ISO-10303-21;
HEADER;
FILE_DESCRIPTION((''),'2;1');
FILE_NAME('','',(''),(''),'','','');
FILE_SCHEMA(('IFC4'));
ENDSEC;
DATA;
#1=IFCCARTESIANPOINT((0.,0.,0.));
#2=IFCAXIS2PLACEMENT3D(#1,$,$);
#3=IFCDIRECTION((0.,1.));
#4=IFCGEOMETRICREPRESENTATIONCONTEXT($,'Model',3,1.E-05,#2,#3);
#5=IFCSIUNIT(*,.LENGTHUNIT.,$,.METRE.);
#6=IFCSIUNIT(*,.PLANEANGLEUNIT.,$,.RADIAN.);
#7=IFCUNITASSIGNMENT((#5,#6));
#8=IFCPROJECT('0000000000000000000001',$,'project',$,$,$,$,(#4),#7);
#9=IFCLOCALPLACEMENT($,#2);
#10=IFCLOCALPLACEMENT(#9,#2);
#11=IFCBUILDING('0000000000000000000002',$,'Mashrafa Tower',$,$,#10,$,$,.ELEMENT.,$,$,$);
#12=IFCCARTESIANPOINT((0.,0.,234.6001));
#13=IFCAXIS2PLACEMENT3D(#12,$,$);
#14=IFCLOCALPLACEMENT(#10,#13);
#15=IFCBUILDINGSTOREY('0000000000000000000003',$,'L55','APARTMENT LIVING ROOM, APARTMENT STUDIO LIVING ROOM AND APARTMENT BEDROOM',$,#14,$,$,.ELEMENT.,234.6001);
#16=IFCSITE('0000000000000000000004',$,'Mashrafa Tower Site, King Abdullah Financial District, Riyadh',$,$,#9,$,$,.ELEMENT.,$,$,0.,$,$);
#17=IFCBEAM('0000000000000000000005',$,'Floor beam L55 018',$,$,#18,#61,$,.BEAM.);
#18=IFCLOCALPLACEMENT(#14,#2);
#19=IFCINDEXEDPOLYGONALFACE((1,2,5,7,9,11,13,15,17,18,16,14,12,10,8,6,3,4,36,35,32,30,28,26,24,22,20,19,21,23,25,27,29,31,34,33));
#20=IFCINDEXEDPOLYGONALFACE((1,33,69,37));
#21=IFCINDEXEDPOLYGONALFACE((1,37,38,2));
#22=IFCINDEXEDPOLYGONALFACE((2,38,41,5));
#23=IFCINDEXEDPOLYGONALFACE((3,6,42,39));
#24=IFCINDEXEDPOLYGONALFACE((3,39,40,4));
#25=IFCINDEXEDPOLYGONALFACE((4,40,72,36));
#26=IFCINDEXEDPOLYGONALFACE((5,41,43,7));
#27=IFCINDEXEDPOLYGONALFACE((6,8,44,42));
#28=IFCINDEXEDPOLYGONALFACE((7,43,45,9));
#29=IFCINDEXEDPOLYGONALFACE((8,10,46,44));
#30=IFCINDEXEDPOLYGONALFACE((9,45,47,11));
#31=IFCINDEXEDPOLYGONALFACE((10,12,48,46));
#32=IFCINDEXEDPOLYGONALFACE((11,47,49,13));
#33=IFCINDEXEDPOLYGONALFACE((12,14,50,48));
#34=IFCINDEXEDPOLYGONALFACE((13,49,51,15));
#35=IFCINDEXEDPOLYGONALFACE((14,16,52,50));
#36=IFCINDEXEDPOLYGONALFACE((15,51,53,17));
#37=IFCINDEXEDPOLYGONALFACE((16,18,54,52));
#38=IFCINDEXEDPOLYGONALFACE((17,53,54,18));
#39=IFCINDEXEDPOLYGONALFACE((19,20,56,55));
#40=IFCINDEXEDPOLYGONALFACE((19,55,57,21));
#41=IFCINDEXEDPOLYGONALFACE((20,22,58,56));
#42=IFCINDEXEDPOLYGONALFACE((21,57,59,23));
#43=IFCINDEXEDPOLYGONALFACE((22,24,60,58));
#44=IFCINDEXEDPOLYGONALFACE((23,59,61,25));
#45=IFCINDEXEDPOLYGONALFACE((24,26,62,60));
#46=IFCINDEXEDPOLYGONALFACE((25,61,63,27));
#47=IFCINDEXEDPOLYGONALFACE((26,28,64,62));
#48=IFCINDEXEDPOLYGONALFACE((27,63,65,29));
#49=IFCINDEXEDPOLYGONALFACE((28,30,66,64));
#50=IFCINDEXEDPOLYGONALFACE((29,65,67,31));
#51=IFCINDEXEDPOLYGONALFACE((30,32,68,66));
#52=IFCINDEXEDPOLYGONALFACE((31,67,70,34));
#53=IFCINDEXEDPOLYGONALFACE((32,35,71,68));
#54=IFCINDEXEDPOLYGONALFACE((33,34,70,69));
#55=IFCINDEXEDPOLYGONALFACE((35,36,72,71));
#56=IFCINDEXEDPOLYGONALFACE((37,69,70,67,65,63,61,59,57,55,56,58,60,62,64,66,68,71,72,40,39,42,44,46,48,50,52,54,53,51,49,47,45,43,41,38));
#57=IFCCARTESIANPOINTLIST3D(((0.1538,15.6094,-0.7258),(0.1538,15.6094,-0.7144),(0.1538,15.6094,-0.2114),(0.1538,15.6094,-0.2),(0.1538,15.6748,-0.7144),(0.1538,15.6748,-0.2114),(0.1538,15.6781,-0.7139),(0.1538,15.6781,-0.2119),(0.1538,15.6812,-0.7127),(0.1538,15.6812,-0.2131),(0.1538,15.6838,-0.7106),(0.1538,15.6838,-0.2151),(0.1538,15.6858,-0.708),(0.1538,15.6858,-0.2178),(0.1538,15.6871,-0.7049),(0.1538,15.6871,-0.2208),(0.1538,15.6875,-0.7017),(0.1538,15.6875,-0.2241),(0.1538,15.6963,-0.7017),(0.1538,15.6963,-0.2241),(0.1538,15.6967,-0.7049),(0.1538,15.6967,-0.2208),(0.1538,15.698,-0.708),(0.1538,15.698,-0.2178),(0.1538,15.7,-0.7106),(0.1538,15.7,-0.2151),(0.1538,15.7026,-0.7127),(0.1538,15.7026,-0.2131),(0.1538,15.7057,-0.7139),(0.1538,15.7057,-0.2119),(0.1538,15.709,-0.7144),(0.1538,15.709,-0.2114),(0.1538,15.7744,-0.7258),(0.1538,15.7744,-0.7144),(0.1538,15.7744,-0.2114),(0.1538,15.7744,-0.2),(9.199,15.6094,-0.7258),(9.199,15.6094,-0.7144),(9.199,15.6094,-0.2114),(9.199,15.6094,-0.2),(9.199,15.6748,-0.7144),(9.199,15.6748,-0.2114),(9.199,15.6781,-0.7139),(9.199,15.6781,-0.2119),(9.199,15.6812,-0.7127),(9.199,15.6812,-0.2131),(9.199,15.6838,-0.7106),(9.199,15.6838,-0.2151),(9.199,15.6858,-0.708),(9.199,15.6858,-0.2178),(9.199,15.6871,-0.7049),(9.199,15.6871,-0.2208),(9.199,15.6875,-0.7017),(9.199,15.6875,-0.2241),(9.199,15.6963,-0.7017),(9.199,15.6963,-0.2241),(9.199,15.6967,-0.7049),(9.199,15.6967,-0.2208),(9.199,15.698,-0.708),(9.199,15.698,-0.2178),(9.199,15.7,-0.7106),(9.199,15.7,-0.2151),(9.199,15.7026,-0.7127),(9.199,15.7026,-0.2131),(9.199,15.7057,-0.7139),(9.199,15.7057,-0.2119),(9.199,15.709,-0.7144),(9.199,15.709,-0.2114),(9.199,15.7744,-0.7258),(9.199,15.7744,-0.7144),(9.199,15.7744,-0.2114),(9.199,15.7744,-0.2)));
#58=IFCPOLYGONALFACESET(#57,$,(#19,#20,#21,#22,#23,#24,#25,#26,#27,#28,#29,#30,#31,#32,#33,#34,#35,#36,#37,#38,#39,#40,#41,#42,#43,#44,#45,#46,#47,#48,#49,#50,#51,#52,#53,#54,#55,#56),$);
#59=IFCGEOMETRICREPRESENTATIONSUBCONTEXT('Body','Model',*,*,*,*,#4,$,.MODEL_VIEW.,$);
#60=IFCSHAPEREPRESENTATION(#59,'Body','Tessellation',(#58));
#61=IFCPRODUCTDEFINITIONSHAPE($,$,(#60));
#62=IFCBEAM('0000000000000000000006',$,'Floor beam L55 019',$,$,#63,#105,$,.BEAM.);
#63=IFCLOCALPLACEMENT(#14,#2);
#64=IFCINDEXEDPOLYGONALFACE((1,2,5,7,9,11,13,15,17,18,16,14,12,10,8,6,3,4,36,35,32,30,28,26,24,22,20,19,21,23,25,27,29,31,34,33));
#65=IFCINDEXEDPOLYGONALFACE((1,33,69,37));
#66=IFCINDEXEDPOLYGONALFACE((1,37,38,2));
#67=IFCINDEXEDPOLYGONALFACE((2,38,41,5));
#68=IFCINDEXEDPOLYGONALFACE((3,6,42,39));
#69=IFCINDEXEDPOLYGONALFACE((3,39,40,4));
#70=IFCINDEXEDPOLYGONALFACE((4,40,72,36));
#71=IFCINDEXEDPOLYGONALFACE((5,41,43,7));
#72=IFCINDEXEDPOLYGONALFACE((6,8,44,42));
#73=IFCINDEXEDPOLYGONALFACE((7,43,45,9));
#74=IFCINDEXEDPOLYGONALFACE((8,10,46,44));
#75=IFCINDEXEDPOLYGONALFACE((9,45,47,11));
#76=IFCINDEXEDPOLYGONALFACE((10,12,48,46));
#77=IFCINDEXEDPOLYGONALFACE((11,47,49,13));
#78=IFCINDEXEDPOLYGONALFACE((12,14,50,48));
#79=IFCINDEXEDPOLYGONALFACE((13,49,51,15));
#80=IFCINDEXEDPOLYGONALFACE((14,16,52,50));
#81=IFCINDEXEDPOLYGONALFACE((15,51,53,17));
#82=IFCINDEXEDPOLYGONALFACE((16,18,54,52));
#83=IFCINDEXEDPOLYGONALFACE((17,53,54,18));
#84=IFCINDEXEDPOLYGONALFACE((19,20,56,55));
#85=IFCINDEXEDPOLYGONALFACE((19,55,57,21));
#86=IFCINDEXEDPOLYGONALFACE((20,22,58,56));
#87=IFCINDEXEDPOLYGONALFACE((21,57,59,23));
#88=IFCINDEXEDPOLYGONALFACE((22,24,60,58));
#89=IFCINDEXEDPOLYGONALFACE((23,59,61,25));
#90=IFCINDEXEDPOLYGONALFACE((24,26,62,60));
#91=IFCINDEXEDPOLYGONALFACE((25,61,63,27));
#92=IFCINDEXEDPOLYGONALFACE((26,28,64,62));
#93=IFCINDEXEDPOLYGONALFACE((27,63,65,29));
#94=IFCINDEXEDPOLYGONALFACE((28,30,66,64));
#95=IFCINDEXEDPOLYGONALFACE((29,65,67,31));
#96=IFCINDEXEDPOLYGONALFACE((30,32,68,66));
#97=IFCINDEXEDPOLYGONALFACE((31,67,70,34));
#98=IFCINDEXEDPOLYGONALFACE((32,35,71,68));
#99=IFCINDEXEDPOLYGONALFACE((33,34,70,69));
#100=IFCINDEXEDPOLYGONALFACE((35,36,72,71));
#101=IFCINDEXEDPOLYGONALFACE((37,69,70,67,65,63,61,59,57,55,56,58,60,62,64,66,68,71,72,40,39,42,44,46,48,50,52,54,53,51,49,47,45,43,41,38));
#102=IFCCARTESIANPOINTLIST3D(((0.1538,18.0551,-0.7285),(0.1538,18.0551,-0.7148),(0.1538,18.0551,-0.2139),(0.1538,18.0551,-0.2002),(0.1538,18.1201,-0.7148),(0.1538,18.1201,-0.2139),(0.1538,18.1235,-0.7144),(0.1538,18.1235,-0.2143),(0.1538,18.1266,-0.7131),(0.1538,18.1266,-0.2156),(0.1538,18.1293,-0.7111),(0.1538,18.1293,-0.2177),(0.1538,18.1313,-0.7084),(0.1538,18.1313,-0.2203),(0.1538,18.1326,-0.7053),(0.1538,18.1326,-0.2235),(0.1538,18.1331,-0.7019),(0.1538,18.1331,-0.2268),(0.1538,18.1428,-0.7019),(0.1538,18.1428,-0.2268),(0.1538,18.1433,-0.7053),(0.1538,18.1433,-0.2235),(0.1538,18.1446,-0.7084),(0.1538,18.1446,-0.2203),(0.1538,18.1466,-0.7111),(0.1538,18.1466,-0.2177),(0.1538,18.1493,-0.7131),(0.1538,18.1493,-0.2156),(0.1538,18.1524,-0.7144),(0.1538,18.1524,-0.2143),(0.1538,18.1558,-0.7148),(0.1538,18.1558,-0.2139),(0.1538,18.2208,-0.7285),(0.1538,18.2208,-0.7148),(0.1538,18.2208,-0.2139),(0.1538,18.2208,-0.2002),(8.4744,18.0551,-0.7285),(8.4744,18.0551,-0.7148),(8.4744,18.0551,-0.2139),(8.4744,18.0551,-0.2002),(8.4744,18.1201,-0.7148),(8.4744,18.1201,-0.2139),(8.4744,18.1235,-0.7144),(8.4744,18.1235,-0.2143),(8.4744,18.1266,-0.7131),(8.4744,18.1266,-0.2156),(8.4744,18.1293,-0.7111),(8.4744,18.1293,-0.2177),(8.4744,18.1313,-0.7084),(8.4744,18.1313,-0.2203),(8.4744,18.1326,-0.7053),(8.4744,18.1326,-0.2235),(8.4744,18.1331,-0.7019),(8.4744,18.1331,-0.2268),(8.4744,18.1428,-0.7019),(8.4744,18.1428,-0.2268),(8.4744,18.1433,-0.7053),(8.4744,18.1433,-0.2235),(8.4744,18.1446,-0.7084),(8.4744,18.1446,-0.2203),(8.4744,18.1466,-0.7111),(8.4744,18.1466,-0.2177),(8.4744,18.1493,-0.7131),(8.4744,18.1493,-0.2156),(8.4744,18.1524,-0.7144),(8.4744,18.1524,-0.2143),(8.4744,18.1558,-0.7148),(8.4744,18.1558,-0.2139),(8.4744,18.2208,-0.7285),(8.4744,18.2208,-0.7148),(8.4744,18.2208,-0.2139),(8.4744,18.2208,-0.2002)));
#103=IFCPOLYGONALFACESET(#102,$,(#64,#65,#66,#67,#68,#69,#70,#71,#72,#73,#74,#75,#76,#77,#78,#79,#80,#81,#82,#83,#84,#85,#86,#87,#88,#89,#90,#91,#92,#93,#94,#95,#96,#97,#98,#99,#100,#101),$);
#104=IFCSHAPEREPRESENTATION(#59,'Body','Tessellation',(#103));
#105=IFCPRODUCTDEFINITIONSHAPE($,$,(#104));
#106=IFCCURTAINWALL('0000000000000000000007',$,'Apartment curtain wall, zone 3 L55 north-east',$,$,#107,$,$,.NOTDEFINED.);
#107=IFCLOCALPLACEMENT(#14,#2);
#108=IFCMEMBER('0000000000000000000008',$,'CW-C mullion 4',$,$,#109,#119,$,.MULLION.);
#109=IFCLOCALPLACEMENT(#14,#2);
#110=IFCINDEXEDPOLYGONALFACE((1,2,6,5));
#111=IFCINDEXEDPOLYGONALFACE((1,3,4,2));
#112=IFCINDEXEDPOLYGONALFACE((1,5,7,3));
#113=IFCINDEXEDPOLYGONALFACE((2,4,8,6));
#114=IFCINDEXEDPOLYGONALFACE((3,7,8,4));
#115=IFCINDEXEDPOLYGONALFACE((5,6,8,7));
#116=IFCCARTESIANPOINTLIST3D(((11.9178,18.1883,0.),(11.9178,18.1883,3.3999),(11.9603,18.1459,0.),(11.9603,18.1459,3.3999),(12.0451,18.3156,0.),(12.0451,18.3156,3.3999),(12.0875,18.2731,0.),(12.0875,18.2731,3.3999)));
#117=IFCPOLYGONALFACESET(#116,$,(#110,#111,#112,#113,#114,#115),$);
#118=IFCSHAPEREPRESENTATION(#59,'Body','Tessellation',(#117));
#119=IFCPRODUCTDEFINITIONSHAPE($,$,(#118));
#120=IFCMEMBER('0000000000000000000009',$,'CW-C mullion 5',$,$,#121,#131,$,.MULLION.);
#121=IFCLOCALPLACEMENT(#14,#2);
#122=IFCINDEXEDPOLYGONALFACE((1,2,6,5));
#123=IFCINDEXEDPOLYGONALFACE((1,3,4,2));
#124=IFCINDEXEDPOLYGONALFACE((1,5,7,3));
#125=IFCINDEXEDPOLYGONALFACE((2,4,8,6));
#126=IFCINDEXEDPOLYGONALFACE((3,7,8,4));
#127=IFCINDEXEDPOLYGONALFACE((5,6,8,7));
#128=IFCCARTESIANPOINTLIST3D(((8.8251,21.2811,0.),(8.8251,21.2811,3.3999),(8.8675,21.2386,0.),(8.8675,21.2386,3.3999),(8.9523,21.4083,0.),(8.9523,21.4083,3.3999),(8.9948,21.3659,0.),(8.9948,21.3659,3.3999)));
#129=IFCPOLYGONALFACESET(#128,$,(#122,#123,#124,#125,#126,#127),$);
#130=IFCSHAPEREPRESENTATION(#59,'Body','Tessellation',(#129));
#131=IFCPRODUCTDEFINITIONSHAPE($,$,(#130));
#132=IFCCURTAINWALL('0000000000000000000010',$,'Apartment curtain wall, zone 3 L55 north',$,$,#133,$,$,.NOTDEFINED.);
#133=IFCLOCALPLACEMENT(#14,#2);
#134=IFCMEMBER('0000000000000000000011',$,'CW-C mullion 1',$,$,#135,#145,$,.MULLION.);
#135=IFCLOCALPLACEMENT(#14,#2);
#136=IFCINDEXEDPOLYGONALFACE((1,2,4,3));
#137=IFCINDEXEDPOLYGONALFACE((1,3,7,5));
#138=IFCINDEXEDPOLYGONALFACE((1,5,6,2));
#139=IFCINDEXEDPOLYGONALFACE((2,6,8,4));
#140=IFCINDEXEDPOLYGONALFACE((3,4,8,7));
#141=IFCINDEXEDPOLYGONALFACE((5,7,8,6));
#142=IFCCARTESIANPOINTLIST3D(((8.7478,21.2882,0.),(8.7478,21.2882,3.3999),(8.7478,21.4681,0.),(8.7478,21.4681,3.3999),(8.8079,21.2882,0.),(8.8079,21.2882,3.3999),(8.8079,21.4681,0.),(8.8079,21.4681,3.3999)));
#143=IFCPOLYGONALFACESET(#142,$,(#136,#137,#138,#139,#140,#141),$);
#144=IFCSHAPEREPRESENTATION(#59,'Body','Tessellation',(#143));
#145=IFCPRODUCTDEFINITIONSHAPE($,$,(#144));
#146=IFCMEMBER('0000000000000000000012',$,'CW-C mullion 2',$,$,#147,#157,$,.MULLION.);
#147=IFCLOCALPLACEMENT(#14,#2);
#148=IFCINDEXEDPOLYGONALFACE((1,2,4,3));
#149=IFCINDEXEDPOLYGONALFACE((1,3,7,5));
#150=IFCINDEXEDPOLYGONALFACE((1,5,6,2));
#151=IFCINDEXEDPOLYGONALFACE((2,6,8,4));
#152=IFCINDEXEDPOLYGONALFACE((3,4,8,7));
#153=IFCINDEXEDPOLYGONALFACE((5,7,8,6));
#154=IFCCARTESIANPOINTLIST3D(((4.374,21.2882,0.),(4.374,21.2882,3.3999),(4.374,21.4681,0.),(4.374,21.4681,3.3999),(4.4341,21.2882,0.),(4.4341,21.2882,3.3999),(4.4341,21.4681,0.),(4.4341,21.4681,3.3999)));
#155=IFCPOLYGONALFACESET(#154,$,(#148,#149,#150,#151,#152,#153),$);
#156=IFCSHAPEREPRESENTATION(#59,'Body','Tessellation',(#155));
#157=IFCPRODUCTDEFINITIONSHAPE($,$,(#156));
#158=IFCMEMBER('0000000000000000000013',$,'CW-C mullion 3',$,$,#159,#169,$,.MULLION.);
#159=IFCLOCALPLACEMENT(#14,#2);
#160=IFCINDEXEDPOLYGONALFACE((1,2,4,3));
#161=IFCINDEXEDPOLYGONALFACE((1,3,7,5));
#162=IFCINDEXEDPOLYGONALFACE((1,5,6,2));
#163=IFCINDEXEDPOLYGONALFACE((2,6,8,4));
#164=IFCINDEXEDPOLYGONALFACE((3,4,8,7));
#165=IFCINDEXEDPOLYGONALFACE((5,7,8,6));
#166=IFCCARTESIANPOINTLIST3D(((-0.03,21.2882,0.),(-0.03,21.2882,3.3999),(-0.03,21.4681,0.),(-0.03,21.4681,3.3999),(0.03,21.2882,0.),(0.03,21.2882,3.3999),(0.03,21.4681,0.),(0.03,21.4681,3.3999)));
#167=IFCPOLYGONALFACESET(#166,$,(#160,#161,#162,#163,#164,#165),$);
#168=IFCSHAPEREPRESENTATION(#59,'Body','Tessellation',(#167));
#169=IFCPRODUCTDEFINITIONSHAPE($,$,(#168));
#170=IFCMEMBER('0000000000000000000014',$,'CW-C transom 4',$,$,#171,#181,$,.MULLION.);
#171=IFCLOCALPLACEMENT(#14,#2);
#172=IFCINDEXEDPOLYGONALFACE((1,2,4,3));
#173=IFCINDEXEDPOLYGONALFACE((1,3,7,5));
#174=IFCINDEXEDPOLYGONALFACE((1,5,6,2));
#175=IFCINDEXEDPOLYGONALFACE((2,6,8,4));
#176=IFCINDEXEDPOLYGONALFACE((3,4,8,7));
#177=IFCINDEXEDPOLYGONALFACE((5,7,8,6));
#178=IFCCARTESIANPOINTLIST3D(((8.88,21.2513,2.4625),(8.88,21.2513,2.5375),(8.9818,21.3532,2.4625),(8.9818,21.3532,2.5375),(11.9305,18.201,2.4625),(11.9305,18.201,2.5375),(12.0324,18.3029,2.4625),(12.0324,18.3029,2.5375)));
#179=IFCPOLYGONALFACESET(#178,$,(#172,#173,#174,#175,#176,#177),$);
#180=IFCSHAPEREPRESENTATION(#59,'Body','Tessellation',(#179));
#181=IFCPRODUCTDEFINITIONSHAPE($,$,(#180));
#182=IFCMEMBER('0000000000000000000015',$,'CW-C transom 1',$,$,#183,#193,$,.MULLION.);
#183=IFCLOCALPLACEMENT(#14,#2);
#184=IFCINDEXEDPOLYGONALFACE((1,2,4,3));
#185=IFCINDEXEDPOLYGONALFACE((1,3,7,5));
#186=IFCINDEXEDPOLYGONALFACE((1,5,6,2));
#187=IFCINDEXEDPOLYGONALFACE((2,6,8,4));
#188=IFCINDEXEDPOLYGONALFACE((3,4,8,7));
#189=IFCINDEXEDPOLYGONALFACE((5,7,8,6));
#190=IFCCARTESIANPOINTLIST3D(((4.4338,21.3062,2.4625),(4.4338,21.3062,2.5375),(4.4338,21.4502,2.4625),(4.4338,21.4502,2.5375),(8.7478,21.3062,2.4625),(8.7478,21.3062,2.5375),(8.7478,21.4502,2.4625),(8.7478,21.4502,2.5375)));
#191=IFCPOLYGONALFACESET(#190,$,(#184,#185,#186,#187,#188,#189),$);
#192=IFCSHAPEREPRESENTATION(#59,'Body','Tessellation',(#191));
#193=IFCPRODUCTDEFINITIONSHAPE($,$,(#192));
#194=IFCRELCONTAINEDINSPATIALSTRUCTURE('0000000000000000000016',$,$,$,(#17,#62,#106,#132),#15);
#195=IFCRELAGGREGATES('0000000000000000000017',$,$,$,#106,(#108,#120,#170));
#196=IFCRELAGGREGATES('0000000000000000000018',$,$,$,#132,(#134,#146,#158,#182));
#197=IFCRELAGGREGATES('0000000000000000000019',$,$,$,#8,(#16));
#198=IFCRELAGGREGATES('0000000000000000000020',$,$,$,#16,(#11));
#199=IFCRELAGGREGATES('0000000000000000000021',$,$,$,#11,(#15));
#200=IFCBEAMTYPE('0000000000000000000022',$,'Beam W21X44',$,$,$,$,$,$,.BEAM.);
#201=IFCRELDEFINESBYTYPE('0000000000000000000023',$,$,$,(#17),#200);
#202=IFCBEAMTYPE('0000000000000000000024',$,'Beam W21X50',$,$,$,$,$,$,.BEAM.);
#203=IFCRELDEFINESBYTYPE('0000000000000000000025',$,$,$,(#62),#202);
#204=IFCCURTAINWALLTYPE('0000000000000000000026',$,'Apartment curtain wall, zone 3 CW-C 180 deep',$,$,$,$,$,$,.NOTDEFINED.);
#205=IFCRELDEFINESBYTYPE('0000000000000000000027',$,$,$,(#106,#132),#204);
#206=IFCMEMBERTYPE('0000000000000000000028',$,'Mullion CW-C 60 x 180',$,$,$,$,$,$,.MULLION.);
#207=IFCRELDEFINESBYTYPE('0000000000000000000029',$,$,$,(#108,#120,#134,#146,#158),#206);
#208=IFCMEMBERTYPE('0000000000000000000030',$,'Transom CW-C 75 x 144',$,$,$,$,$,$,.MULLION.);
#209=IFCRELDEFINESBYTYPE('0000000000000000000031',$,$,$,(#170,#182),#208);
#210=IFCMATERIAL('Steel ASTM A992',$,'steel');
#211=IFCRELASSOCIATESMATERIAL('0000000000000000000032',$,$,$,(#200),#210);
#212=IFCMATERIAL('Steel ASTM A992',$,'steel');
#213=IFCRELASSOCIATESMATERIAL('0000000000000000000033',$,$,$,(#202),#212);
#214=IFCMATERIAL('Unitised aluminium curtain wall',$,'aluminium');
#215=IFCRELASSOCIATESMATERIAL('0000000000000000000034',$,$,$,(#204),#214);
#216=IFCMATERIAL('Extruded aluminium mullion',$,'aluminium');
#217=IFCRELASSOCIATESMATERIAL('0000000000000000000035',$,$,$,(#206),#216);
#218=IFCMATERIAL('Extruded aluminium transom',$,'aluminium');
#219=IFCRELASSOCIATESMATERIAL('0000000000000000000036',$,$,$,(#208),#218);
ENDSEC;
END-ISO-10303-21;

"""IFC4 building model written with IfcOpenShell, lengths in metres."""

from ifc_helpers import new_model, si_unit, direction, frame, origin, origin_2d, place, context, subcontext, project, spatial, rectangle, i_section, extrude, source, transform, mapped, material, material_profile, profile_set, type_object, type_shapes, element, aggregate, save


model = new_model("IFC4")

# Units and contexts
model_context = context("Model", 3, precision=1e-05, world=origin(), true_north=direction((0.0, 1.0)))
body_context = subcontext(model_context, "Body", "Model", "MODEL_VIEW")
ifc_project = project(units=[si_unit("LENGTHUNIT", "METRE"), si_unit("PLANEANGLEUNIT", "RADIAN")], contexts=[model_context])

# Site, building, storey
site_placement = place(None, origin())
site = spatial("IfcSite", under=ifc_project, at=site_placement, Name="Mashrafa Tower Site, King Abdullah Financial District, Riyadh", CompositionType="ELEMENT", RefElevation=0.0)
building_placement = place(site_placement, origin())
building = spatial("IfcBuilding", under=site, at=building_placement, Name="Mashrafa Tower", CompositionType="ELEMENT")
storey_placement = place(building_placement, frame((0.0, 0.0, 234.6001)))
storey = spatial("IfcBuildingStorey", under=building, at=storey_placement, Name="L55", Description="APARTMENT LIVING ROOM, APARTMENT STUDIO LIVING ROOM AND APARTMENT BEDROOM", CompositionType="ELEMENT", Elevation=234.6001)

# Beams
ifc_material_1 = material(Name="Steel ASTM A992", Category="steel")
ifc_material_profile_1 = material_profile(ifc_material_1, i_section(OverallWidth=0.165, OverallDepth=0.5259, WebThickness=0.0088, FlangeThickness=0.0115, FilletRadius=0.0127, at=origin_2d()), Name="W21X44")
ifc_profile_set_1 = profile_set([ifc_material_profile_1], Name="Steel ASTM A992")
beam_type_1 = type_object("IfcBeamType", Name="Beam W21X44", PredefinedType="BEAM", material=ifc_profile_set_1)
beam_1_placement = place(storey_placement, frame((0.1538, 15.6919, -0.4629), z_axis=(1.0, 0.0, 0.0), x_axis=(0.0, 1.0, 0.0)))
element("IfcBeam", 1, at=beam_1_placement, inside=storey, type_object=beam_type_1, Name="Floor beam L55 018", PredefinedType="BEAM", context=body_context, shape_type="SweptSolid", body=[
    extrude(i_section(OverallWidth=0.165, OverallDepth=0.5259, WebThickness=0.0088, FlangeThickness=0.0115, FilletRadius=0.0127, at=origin_2d()), origin(), (0.0, 0.0, 1.0), 9.0452),
])
ifc_material_2 = material(Name="Steel ASTM A992", Category="steel")
ifc_material_profile_2 = material_profile(ifc_material_2, i_section(OverallWidth=0.1658, OverallDepth=0.5283, WebThickness=0.0098, FlangeThickness=0.0137, FilletRadius=0.0129, at=origin_2d()), Name="W21X50")
ifc_profile_set_2 = profile_set([ifc_material_profile_2], Name="Steel ASTM A992")
beam_type_2 = type_object("IfcBeamType", Name="Beam W21X50", PredefinedType="BEAM", material=ifc_profile_set_2)
beam_2_placement = place(storey_placement, frame((0.1538, 18.1379, -0.4644), z_axis=(1.0, 0.0, 0.0), x_axis=(0.0, 1.0, 0.0)))
element("IfcBeam", 2, at=beam_2_placement, inside=storey, type_object=beam_type_2, Name="Floor beam L55 019", PredefinedType="BEAM", context=body_context, shape_type="SweptSolid", body=[
    extrude(i_section(OverallWidth=0.1658, OverallDepth=0.5283, WebThickness=0.0098, FlangeThickness=0.0137, FilletRadius=0.0129, at=origin_2d()), origin(), (0.0, 0.0, 1.0), 8.3206),
])

# Curtain walls, members
ifc_material_3 = material(Name="Unitised aluminium curtain wall", Category="aluminium")
curtain_wall_type = type_object("IfcCurtainWallType", Name="Apartment curtain wall, zone 3 CW-C 180 deep", PredefinedType="NOTDEFINED", material=ifc_material_3)
curtain_wall_1_placement = place(storey_placement, origin())
curtain_wall_1 = element("IfcCurtainWall", 3, at=curtain_wall_1_placement, inside=storey, type_object=curtain_wall_type, Name="Apartment curtain wall, zone 3 L55 north-east", PredefinedType="NOTDEFINED")
ifc_material_4 = material(Name="Extruded aluminium mullion", Category="aluminium")
ifc_material_profile_3 = material_profile(ifc_material_4, rectangle(XDim=0.1799, YDim=0.0601, at=origin_2d()), Name="Mullion 60x180")
ifc_profile_set_3 = profile_set([ifc_material_profile_3], Name="Extruded aluminium mullion")
member_type_1 = type_object("IfcMemberType", Name="Mullion CW-C 60 x 180", PredefinedType="MULLION", material=ifc_profile_set_3)
shared_shape_1 = source(origin(), body_context, "Body", "SweptSolid", [
    extrude(rectangle(XDim=0.1799, YDim=0.0601, at=origin_2d()), origin(), (0.0, 0.0, 1.0), 3.3999),
])
type_shapes(member_type_1, [shared_shape_1])
member_1_placement = place(storey_placement, frame((12.0027, 18.2307, 0.0), z_axis=(0.0, 0.0, 1.0), x_axis=(-0.707107, -0.707107, 0.0)))
member_1 = element("IfcMember", 4, at=member_1_placement, type_object=member_type_1, Name="CW-C mullion 4", PredefinedType="MULLION", context=body_context, shape_type="MappedRepresentation", body=[
    mapped(shared_shape_1, transform((0.0, 0.0, 0.0))),
])
member_2_placement = place(storey_placement, frame((8.9099, 21.3235, 0.0), z_axis=(0.0, 0.0, 1.0), x_axis=(-0.707107, -0.707107, 0.0)))
member_2 = element("IfcMember", 5, at=member_2_placement, type_object=member_type_1, Name="CW-C mullion 5", PredefinedType="MULLION", context=body_context, shape_type="MappedRepresentation", body=[
    mapped(shared_shape_1, transform((0.0, 0.0, 0.0))),
])
curtain_wall_2_placement = place(storey_placement, origin())
curtain_wall_2 = element("IfcCurtainWall", 6, at=curtain_wall_2_placement, inside=storey, type_object=curtain_wall_type, Name="Apartment curtain wall, zone 3 L55 north", PredefinedType="NOTDEFINED")
member_3_placement = place(storey_placement, frame((8.7778, 21.3782, 0.0), z_axis=(0.0, 0.0, 1.0), x_axis=(0.0, -1.0, 0.0)))
member_3 = element("IfcMember", 7, at=member_3_placement, type_object=member_type_1, Name="CW-C mullion 1", PredefinedType="MULLION", context=body_context, shape_type="MappedRepresentation", body=[
    mapped(shared_shape_1, transform((0.0, 0.0, 0.0))),
])
member_4_placement = place(storey_placement, frame((4.4041, 21.3782, 0.0), z_axis=(0.0, 0.0, 1.0), x_axis=(0.0, -1.0, 0.0)))
member_4 = element("IfcMember", 8, at=member_4_placement, type_object=member_type_1, Name="CW-C mullion 2", PredefinedType="MULLION", context=body_context, shape_type="MappedRepresentation", body=[
    mapped(shared_shape_1, transform((0.0, 0.0, 0.0))),
])
member_5_placement = place(storey_placement, frame((0.0, 21.3782, 0.0), z_axis=(0.0, 0.0, 1.0), x_axis=(0.0, -1.0, 0.0)))
member_5 = element("IfcMember", 9, at=member_5_placement, type_object=member_type_1, Name="CW-C mullion 3", PredefinedType="MULLION", context=body_context, shape_type="MappedRepresentation", body=[
    mapped(shared_shape_1, transform((0.0, 0.0, 0.0))),
])

# Members
ifc_material_5 = material(Name="Extruded aluminium transom", Category="aluminium")
ifc_material_profile_4 = material_profile(ifc_material_5, rectangle(XDim=0.144, YDim=0.075, at=origin_2d()), Name="Transom 75x144")
ifc_profile_set_4 = profile_set([ifc_material_profile_4], Name="Extruded aluminium transom")
member_type_2 = type_object("IfcMemberType", Name="Transom CW-C 75 x 144", PredefinedType="MULLION", material=ifc_profile_set_4)
shared_shape_2 = source(origin(), body_context, "Body", "SweptSolid", [
    extrude(rectangle(XDim=0.144, YDim=0.075, at=origin_2d()), origin(), (0.0, 0.0, 1.0), 4.314),
])
member_6_placement = place(storey_placement, frame((11.9814, 18.252, 2.5), z_axis=(-0.707135, 0.707078, 0.0), x_axis=(-0.707078, -0.707135, 0.0)))
member_6 = element("IfcMember", 10, at=member_6_placement, type_object=member_type_2, Name="CW-C transom 4", PredefinedType="MULLION", context=body_context, shape_type="MappedRepresentation", body=[
    mapped(shared_shape_2, transform((0.0, 0.0, 0.0))),
])
member_7_placement = place(storey_placement, frame((8.7478, 21.3782, 2.5), z_axis=(-1.0, 0.0, 0.0), x_axis=(0.0, -1.0, 0.0)))
member_7 = element("IfcMember", 11, at=member_7_placement, type_object=member_type_2, Name="CW-C transom 1", PredefinedType="MULLION", context=body_context, shape_type="MappedRepresentation", body=[
    mapped(shared_shape_2, transform((0.0, 0.0, 0.0))),
])

aggregate(curtain_wall_1, [member_1, member_2, member_6])
aggregate(curtain_wall_2, [member_3, member_4, member_5, member_7])

save(model, "model.ifc")
